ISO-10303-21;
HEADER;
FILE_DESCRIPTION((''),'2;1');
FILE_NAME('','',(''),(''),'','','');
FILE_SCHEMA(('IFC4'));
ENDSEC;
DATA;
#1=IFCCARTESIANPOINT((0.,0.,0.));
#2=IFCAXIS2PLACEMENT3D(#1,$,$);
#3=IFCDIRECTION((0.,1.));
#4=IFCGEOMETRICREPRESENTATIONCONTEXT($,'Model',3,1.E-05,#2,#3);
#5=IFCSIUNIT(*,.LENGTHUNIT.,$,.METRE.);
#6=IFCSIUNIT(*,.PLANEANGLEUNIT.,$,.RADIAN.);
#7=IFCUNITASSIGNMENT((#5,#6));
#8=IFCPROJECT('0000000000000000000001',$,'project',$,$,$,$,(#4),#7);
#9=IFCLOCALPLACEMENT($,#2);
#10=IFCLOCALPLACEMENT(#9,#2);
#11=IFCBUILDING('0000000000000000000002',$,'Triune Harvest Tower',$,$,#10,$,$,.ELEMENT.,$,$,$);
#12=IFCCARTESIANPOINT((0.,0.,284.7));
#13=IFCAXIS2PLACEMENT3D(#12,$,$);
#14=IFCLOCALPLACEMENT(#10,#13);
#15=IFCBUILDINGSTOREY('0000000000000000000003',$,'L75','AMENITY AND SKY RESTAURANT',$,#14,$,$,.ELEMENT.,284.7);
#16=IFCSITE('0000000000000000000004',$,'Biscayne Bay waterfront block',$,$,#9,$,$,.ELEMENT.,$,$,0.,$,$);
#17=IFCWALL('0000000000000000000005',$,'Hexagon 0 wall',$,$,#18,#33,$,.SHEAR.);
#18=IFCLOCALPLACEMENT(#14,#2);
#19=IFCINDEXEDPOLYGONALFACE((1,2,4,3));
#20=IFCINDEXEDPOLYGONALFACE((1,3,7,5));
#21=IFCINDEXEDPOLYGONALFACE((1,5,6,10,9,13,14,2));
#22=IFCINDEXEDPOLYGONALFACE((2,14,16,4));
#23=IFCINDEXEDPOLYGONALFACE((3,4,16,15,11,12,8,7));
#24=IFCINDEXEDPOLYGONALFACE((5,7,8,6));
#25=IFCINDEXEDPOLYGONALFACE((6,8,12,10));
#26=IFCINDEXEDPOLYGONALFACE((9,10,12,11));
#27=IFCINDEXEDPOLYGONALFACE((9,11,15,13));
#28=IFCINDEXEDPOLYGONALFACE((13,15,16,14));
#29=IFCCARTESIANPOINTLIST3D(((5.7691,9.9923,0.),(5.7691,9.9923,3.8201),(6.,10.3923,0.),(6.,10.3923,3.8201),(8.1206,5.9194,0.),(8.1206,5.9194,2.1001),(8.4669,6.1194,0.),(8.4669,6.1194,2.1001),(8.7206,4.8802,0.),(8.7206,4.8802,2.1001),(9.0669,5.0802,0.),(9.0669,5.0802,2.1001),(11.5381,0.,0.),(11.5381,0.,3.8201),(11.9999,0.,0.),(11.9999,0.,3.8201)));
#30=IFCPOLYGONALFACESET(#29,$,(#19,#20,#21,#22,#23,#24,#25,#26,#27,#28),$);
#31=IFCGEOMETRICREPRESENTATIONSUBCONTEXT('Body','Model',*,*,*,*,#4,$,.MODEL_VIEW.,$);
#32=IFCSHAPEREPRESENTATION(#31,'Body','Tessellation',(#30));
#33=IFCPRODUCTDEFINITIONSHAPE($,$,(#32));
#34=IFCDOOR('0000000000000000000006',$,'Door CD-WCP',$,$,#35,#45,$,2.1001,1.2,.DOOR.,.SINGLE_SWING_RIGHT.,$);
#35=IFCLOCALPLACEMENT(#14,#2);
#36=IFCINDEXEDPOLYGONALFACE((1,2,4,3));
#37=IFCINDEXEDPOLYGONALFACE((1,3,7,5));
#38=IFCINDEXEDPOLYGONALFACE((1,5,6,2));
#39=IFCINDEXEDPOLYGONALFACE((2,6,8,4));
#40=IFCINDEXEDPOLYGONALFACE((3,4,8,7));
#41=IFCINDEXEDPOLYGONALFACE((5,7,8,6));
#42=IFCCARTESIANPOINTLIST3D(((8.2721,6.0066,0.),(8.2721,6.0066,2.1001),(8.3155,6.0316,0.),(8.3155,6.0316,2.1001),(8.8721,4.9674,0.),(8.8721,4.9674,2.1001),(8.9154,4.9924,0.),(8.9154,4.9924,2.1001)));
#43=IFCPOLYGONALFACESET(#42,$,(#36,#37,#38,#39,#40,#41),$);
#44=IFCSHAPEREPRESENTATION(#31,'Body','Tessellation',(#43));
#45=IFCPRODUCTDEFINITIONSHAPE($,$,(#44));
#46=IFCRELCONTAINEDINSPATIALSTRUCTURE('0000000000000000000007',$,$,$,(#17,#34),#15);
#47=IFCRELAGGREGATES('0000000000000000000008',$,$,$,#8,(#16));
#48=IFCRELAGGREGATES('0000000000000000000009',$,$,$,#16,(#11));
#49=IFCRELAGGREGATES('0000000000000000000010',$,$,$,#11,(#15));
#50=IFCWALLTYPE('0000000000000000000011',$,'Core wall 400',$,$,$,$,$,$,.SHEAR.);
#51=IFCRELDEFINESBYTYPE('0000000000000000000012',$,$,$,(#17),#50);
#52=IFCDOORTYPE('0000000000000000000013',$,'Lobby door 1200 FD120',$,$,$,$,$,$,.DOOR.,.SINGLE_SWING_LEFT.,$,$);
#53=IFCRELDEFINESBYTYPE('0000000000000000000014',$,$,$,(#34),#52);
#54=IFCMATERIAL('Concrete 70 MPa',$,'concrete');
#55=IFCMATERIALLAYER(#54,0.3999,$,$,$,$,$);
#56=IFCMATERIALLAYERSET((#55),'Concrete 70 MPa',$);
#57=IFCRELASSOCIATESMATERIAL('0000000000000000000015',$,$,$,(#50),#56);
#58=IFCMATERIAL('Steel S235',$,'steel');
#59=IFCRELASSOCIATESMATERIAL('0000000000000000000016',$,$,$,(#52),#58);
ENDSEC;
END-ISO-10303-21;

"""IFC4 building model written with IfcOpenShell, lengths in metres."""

from ifc_helpers import new_model, si_unit, direction, frame, frame_2d, origin, place, context, subcontext, project, spatial, polyline, rectangle, outline, extrude, source, transform, mapped, material, layer, layer_set, type_object, element, fill, save


model = new_model("IFC4")

# Units and contexts
model_context = context("Model", 3, precision=1e-05, world=origin(), true_north=direction((0.0, 1.0)))
body_context = subcontext(model_context, "Body", "Model", "MODEL_VIEW")
ifc_project = project(units=[si_unit("LENGTHUNIT", "METRE"), si_unit("PLANEANGLEUNIT", "RADIAN")], contexts=[model_context])

# Site, building, storey
site_placement = place(None, origin())
site = spatial("IfcSite", under=ifc_project, at=site_placement, Name="Biscayne Bay waterfront block", CompositionType="ELEMENT", RefElevation=0.0)
building_placement = place(site_placement, origin())
building = spatial("IfcBuilding", under=site, at=building_placement, Name="Triune Harvest Tower", CompositionType="ELEMENT")
storey_placement = place(building_placement, frame((0.0, 0.0, 284.7)))
storey = spatial("IfcBuildingStorey", under=building, at=storey_placement, Name="L75", Description="AMENITY AND SKY RESTAURANT", CompositionType="ELEMENT", Elevation=284.7)

# Wall, opening, door
ifc_material_1 = material(Name="Concrete 70 MPa", Category="concrete")
ifc_layer_1 = layer(ifc_material_1, 0.3999)
ifc_layer_set_1 = layer_set([ifc_layer_1], Name="Concrete 70 MPa")
wall_type_1 = type_object("IfcWallType", Name="Core wall 400", PredefinedType="SHEAR", material=ifc_layer_set_1)
shared_shape_1 = source(origin(), body_context, "Body", "SweptSolid", [
    extrude(outline(polyline([(-0.1155, -0.2), (11.8845, -0.2), (11.6536, 0.2), (0.1155, 0.2), (-0.1155, -0.2)])), origin(), (0.0, 0.0, 1.0), 3.8201),
])
wall_1_placement = place(storey_placement, frame((11.769, 0.0, 0.0), z_axis=(0.0, 0.0, 1.0), x_axis=(-0.499997, 0.866027, 0.0)))
wall_1 = element("IfcWall", 1, at=wall_1_placement, inside=storey, type_object=wall_type_1, Name="Hexagon 0 wall", PredefinedType="SHEAR", context=body_context, shape_type="MappedRepresentation", body=[
    mapped(shared_shape_1, transform((0.0, 0.0, 0.0), scale=1.0)),
])
opening_1_placement = place(wall_1_placement, frame((5.7505, 0.0, 0.0)))
opening_1 = element("IfcOpeningElement", 2, at=opening_1_placement, cuts=wall_1, PredefinedType="OPENING", context=body_context, shape_type="SweptSolid", body=[
    extrude(rectangle(XDim=1.2, YDim=2.1001, at=frame_2d((0.6001, 1.05))), frame((0.0, 0.21, 0.0), z_axis=(0.0, -1.0, 0.0), x_axis=(1.0, 0.0, 0.0)), (0.0, 0.0, 1.0), 0.4199),
])
ifc_material_2 = material(Name="Steel S235", Category="steel")
door_type_1 = type_object("IfcDoorType", Name="Lobby door 1200 FD120", OperationType="SINGLE_SWING_LEFT", PredefinedType="DOOR", material=ifc_material_2)
door_1_placement = place(opening_1_placement, frame((1.2, 0.0, 0.0), z_axis=(0.0, 0.0, 1.0), x_axis=(-1.0, 0.0, 0.0)))
door_1 = element("IfcDoor", 3, at=door_1_placement, inside=storey, type_object=door_type_1, Name="Door CD-WCP", OperationType="SINGLE_SWING_RIGHT", OverallHeight=2.1001, OverallWidth=1.2, PredefinedType="DOOR", context=body_context, shape_type="SweptSolid", body=[
    extrude(rectangle(XDim=1.2, YDim=2.1001, at=frame_2d((0.6001, 1.05))), frame((0.0, 0.0249, 0.0), z_axis=(0.0, -1.0, 0.0), x_axis=(1.0, 0.0, 0.0)), (0.0, 0.0, 1.0), 0.05),
])
fill(opening_1, door_1)

save(model, "model.ifc")
